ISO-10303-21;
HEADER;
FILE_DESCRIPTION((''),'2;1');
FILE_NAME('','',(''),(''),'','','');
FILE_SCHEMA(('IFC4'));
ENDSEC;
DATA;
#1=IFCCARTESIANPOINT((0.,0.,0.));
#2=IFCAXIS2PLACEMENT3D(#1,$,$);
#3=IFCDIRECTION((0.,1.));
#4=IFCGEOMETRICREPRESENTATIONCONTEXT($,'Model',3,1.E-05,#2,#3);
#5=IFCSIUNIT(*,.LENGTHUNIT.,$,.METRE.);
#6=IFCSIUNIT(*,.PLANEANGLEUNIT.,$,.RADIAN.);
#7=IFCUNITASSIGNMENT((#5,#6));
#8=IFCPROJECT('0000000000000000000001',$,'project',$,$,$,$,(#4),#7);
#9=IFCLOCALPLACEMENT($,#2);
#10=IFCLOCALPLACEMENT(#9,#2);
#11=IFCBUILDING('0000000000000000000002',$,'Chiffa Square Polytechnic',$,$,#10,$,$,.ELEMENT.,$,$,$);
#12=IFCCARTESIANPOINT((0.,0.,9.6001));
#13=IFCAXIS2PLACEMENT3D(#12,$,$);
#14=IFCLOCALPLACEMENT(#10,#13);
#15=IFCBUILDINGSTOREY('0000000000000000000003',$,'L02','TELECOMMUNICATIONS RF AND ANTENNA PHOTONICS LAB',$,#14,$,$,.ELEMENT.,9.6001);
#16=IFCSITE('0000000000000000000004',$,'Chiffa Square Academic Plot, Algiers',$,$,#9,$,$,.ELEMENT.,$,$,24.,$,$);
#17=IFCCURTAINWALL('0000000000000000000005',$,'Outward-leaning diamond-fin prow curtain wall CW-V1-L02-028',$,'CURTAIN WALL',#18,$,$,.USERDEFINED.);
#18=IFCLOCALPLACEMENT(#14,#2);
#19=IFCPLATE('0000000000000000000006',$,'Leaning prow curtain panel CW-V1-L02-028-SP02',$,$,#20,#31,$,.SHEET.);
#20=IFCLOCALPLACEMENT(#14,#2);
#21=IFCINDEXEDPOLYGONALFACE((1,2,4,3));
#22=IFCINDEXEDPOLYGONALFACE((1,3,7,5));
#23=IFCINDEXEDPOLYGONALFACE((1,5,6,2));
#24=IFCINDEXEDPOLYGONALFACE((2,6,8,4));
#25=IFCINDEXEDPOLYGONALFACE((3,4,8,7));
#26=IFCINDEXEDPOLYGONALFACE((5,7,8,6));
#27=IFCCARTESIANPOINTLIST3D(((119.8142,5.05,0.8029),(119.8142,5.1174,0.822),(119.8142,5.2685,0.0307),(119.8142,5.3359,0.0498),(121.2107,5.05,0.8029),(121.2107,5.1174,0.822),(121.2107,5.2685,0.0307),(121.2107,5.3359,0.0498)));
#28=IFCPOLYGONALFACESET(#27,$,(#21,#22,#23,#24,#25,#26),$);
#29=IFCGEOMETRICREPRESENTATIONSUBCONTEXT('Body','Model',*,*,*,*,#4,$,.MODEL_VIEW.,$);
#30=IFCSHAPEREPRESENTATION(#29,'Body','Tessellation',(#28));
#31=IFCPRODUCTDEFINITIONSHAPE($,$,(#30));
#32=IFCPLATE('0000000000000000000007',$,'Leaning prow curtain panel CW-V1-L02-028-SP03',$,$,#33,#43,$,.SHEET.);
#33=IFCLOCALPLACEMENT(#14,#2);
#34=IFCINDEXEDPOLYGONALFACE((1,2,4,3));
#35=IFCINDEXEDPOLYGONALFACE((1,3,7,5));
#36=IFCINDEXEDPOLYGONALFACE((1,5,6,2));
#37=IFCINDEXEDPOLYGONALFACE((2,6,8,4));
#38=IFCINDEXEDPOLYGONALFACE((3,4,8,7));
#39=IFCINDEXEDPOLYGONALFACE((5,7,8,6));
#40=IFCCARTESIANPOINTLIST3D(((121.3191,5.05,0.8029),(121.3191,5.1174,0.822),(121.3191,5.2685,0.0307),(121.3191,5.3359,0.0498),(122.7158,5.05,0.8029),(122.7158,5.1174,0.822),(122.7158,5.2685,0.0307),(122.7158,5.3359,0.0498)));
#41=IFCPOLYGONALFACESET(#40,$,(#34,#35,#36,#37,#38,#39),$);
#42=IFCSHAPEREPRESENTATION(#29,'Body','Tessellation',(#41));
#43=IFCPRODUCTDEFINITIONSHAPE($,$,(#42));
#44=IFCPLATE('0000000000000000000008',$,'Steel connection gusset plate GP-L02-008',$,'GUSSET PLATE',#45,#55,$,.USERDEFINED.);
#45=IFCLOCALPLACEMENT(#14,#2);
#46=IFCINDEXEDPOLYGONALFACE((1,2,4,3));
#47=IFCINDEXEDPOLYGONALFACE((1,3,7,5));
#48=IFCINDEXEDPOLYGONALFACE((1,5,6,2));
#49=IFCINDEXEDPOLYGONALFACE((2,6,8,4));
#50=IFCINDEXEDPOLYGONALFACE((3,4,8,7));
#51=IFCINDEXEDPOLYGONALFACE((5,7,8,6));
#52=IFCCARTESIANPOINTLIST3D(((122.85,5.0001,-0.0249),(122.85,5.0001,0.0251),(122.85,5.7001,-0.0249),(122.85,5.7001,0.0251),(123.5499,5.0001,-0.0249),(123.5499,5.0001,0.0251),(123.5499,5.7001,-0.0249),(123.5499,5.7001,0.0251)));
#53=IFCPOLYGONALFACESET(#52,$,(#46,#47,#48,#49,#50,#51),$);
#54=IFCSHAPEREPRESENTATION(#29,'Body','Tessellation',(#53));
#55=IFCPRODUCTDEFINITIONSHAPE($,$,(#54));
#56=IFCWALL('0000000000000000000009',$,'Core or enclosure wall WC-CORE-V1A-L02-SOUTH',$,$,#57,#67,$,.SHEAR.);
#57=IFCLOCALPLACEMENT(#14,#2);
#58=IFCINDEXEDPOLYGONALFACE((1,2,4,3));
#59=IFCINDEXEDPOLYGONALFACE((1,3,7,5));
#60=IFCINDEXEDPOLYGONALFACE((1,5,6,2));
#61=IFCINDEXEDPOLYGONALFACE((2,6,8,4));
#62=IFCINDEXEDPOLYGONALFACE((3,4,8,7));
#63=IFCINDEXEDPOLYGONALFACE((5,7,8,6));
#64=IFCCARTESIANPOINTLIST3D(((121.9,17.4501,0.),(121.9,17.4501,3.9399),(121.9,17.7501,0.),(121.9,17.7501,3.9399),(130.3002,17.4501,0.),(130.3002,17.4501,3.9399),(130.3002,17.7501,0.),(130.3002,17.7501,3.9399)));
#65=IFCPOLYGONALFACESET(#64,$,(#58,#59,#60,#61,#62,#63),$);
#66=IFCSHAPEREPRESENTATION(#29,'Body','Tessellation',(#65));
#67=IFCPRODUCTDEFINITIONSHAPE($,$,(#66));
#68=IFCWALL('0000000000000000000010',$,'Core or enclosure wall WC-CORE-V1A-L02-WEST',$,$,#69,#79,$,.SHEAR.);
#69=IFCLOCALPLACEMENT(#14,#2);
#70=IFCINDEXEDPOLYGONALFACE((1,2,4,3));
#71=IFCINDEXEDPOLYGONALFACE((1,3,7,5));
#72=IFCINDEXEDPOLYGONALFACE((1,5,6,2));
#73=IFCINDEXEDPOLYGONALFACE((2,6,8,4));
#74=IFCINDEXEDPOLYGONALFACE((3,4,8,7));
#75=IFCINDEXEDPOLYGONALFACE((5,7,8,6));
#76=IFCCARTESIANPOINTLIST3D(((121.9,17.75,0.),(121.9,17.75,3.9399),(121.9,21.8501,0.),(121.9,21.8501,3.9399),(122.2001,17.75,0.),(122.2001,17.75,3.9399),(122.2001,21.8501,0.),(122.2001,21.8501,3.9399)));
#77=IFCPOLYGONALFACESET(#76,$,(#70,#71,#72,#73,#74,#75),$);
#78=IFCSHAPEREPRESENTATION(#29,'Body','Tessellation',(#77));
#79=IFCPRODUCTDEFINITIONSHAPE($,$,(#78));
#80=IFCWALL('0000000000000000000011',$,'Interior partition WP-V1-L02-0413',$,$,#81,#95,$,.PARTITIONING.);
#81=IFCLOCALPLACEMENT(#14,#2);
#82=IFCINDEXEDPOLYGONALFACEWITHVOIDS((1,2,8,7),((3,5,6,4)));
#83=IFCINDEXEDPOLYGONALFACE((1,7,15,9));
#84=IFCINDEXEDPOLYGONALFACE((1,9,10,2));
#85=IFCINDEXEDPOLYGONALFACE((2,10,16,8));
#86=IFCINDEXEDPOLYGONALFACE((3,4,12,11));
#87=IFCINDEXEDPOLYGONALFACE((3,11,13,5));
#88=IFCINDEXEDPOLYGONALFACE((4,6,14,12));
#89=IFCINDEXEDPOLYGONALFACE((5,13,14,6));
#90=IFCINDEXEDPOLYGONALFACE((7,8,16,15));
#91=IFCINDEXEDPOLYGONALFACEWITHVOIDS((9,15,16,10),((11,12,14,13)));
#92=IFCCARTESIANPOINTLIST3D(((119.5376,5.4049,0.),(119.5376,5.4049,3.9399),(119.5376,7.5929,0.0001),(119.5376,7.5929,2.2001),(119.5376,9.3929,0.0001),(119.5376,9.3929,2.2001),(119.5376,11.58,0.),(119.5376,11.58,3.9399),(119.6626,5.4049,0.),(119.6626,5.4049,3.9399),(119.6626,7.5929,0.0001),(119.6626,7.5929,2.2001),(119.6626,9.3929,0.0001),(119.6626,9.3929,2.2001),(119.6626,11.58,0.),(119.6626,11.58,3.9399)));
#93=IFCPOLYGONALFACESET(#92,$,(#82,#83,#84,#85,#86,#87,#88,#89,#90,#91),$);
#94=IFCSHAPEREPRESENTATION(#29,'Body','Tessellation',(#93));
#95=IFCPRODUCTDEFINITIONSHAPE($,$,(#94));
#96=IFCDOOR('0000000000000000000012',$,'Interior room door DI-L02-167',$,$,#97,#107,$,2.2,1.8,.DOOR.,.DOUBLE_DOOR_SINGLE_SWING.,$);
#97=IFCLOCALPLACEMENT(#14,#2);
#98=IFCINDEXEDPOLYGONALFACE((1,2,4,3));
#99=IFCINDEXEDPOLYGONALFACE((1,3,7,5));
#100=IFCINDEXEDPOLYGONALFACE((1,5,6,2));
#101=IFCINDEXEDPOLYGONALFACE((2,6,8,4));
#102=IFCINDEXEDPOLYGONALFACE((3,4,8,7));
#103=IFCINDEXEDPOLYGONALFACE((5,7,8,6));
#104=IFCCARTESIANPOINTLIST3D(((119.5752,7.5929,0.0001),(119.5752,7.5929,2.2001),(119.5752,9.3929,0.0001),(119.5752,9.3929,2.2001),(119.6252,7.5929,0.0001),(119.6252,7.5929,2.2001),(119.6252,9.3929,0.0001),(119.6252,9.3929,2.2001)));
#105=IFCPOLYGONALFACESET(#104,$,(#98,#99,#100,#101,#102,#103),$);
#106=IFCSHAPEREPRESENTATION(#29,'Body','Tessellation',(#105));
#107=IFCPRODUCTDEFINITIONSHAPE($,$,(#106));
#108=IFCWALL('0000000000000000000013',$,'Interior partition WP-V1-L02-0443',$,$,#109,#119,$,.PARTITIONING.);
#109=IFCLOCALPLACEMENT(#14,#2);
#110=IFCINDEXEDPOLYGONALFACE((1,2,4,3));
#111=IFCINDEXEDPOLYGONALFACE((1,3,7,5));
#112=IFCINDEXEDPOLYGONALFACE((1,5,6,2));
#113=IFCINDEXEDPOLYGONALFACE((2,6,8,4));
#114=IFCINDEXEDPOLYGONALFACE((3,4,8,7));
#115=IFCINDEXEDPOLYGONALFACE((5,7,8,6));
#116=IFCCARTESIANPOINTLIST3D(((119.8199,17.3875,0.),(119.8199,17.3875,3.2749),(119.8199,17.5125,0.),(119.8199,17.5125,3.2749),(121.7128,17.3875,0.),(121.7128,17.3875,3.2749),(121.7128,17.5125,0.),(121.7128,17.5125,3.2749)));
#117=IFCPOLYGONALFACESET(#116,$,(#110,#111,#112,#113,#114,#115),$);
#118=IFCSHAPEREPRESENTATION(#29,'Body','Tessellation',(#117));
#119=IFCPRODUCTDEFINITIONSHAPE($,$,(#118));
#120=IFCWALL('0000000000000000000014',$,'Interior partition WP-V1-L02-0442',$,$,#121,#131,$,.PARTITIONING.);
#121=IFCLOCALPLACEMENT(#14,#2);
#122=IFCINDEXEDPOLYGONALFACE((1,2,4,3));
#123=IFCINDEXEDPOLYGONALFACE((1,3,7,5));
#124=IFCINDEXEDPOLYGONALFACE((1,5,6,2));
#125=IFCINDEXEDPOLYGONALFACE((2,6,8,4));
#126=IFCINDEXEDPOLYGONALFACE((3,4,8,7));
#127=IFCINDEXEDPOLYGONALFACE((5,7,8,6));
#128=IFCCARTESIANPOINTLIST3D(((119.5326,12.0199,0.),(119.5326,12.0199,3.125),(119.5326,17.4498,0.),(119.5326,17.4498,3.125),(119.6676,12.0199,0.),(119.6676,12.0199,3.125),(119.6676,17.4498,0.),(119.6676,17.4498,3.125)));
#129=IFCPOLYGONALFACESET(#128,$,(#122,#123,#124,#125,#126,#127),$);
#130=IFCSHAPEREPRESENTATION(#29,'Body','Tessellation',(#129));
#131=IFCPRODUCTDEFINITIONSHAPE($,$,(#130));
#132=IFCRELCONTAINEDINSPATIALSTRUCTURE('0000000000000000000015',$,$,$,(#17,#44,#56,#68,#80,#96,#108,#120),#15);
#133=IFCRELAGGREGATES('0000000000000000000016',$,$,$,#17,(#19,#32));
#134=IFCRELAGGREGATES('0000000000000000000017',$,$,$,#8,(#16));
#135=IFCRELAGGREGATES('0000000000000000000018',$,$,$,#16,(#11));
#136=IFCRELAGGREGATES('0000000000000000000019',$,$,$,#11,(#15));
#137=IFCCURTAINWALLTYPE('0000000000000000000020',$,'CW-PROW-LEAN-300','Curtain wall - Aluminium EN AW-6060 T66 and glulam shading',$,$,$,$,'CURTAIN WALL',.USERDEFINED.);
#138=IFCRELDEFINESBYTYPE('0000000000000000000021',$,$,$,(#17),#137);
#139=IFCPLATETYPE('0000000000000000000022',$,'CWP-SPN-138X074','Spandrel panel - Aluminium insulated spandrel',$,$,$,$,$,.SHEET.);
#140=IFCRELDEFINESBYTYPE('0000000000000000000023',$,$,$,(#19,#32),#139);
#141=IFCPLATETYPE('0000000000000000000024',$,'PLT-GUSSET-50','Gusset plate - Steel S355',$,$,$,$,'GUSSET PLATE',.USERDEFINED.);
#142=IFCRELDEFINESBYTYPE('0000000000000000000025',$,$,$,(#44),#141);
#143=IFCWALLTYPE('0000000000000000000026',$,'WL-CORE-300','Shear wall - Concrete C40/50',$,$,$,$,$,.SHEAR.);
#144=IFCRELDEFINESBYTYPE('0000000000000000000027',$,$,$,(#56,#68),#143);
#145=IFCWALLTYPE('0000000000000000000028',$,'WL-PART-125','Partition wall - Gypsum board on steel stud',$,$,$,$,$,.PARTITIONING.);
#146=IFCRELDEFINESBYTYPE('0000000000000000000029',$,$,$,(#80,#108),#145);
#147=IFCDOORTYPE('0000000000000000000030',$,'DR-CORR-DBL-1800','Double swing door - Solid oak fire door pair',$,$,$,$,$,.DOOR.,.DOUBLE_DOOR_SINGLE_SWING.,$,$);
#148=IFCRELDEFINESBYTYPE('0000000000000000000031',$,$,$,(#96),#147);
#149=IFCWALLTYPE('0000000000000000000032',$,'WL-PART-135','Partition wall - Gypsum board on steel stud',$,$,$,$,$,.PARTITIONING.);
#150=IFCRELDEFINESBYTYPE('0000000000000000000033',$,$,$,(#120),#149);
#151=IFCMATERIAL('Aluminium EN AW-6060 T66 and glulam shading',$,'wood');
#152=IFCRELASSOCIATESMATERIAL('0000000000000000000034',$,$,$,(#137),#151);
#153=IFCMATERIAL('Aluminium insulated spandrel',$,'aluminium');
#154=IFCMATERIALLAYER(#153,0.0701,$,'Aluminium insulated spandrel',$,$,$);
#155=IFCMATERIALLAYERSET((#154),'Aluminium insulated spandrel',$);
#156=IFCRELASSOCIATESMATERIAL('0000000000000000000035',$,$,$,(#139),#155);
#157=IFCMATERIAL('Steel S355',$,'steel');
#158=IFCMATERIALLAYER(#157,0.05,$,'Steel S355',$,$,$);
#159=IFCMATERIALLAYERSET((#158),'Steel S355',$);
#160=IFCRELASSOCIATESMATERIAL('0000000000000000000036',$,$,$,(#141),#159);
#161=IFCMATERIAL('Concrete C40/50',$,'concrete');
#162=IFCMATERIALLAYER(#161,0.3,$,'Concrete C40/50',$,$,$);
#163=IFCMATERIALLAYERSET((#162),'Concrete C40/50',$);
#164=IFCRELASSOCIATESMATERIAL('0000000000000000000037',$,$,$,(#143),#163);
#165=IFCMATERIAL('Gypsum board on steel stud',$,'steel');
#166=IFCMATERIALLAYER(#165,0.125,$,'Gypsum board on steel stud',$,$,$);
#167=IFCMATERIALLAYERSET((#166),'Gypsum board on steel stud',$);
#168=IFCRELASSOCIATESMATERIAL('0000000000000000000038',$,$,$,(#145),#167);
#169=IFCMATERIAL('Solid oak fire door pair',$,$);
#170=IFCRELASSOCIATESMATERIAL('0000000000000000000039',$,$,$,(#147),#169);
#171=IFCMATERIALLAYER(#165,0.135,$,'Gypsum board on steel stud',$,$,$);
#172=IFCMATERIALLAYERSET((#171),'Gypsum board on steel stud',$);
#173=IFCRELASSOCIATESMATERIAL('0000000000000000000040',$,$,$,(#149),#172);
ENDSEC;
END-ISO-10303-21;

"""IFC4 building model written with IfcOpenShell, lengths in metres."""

from ifc_helpers import new_model, si_unit, direction, frame, frame_2d, origin, origin_2d, place, context, subcontext, project, spatial, polyline, rectangle, outline, extrude, material, layer, layer_set, type_object, element, fill, aggregate, save


model = new_model("IFC4")

# Units and contexts
model_context = context("Model", 3, precision=1e-05, world=origin(), true_north=direction((0.0, 1.0)))
body_context = subcontext(model_context, "Body", "Model", "MODEL_VIEW")
ifc_project = project(units=[si_unit("LENGTHUNIT", "METRE"), si_unit("PLANEANGLEUNIT", "RADIAN")], contexts=[model_context])

# Site, building, storey
site_placement = place(None, origin())
site = spatial("IfcSite", under=ifc_project, at=site_placement, Name="Chiffa Square Academic Plot, Algiers", CompositionType="ELEMENT", RefElevation=24.0)
building_placement = place(site_placement, origin())
building = spatial("IfcBuilding", under=site, at=building_placement, Name="Chiffa Square Polytechnic", CompositionType="ELEMENT")
storey_placement = place(building_placement, frame((0.0, 0.0, 9.6001)))
storey = spatial("IfcBuildingStorey", under=building, at=storey_placement, Name="L02", Description="TELECOMMUNICATIONS RF AND ANTENNA PHOTONICS LAB", CompositionType="ELEMENT", Elevation=9.6001)

# Shared definitions
ifc_material_1 = material(Name="Concrete C40/50", Category="concrete")

# Curtain wall
ifc_material_2 = material(Name="Aluminium EN AW-6060 T66 and glulam shading", Category="wood")
curtain_wall_type_1 = type_object("IfcCurtainWallType", Name="CW-PROW-LEAN-300", Description="Curtain wall - Aluminium EN AW-6060 T66 and glulam shading", ElementType="CURTAIN WALL", PredefinedType="USERDEFINED", material=ifc_material_2)
curtain_wall_1_placement = place(storey_placement, origin())
curtain_wall_1 = element("IfcCurtainWall", 1, at=curtain_wall_1_placement, inside=storey, type_object=curtain_wall_type_1, Name="Outward-leaning diamond-fin prow curtain wall CW-V1-L02-028", ObjectType="CURTAIN WALL", PredefinedType="USERDEFINED")

# Shared definitions
ifc_material_3 = material(Name="Steel S355", Category="steel")

# Plates
ifc_material_4 = material(Name="Aluminium insulated spandrel", Category="aluminium")
ifc_layer_1 = layer(ifc_material_4, 0.0701, Name="Aluminium insulated spandrel")
ifc_layer_set_1 = layer_set([ifc_layer_1], Name="Aluminium insulated spandrel")
plate_type_1 = type_object("IfcPlateType", Name="CWP-SPN-138X074", Description="Spandrel panel - Aluminium insulated spandrel", PredefinedType="SHEET", material=ifc_layer_set_1)
plate_1_placement = place(storey_placement, frame((119.8142, 5.3359, 0.0498), z_axis=(0.0, 0.962221, 0.272269), x_axis=(1.0, 0.0, 0.0)))
plate_1 = element("IfcPlate", 2, at=plate_1_placement, type_object=plate_type_1, Name="Leaning prow curtain panel CW-V1-L02-028-SP02", PredefinedType="SHEET", context=body_context, shape_type="SweptSolid", body=[
    extrude(outline(polyline([(0.0, 0.0), (1.3965, 0.0), (1.3965, -0.8025), (0.0, -0.8025), (0.0, 0.0)])), origin(), (0.0, 0.0, -1.0), 0.0701),
])
plate_2_placement = place(storey_placement, frame((121.3191, 5.3359, 0.0498), z_axis=(0.0, 0.962221, 0.272269), x_axis=(1.0, 0.0, 0.0)))
plate_2 = element("IfcPlate", 3, at=plate_2_placement, type_object=plate_type_1, Name="Leaning prow curtain panel CW-V1-L02-028-SP03", PredefinedType="SHEET", context=body_context, shape_type="SweptSolid", body=[
    extrude(outline(polyline([(0.0, 0.0), (1.3967, 0.0), (1.3967, -0.8025), (0.0, -0.8025), (0.0, 0.0)])), origin(), (0.0, 0.0, -1.0), 0.0701),
])
aggregate(curtain_wall_1, [plate_1, plate_2])
ifc_layer_2 = layer(ifc_material_3, 0.05, Name="Steel S355")
ifc_layer_set_2 = layer_set([ifc_layer_2], Name="Steel S355")
plate_type_2 = type_object("IfcPlateType", Name="PLT-GUSSET-50", Description="Gusset plate - Steel S355", ElementType="GUSSET PLATE", PredefinedType="USERDEFINED", material=ifc_layer_set_2)
plate_3_placement = place(storey_placement, frame((123.2, 5.3501, -0.0249), z_axis=(0.0, 0.0, 1.0), x_axis=(1.0, 0.0, 0.0)))
element("IfcPlate", 4, at=plate_3_placement, inside=storey, type_object=plate_type_2, Name="Steel connection gusset plate GP-L02-008", ObjectType="GUSSET PLATE", PredefinedType="USERDEFINED", context=body_context, shape_type="SweptSolid", body=[
    extrude(rectangle(XDim=0.7, YDim=0.7, at=origin_2d()), origin(), (0.0, 0.0, 1.0), 0.05),
])

# Walls
ifc_layer_3 = layer(ifc_material_1, 0.3, Name="Concrete C40/50")
ifc_layer_set_3 = layer_set([ifc_layer_3], Name="Concrete C40/50")
wall_type_1 = type_object("IfcWallType", Name="WL-CORE-300", Description="Shear wall - Concrete C40/50", PredefinedType="SHEAR", material=ifc_layer_set_3)
wall_1_placement = place(storey_placement, frame((121.8999, 17.6001, 0.0), z_axis=(0.0, 0.0, 1.0), x_axis=(1.0, 0.0, 0.0)))
element("IfcWall", 5, at=wall_1_placement, inside=storey, type_object=wall_type_1, Name="Core or enclosure wall WC-CORE-V1A-L02-SOUTH", PredefinedType="SHEAR", context=body_context, shape_type="SweptSolid", body=[
    extrude(rectangle(XDim=8.4001, YDim=0.3, at=frame_2d((4.2002, 0.0))), origin(), (0.0, 0.0, 1.0), 3.9399),
])
wall_2_placement = place(storey_placement, frame((122.05, 17.75, 0.0), z_axis=(0.0, 0.0, 1.0), x_axis=(0.0, 1.0, 0.0)))
element("IfcWall", 6, at=wall_2_placement, inside=storey, type_object=wall_type_1, Name="Core or enclosure wall WC-CORE-V1A-L02-WEST", PredefinedType="SHEAR", context=body_context, shape_type="SweptSolid", body=[
    extrude(rectangle(XDim=4.1001, YDim=0.3, at=frame_2d((2.05, 0.0))), origin(), (0.0, 0.0, 1.0), 3.9399),
])

# Wall, opening, door
ifc_material_5 = material(Name="Gypsum board on steel stud", Category="steel")
ifc_layer_4 = layer(ifc_material_5, 0.125, Name="Gypsum board on steel stud")
ifc_layer_set_4 = layer_set([ifc_layer_4], Name="Gypsum board on steel stud")
wall_type_2 = type_object("IfcWallType", Name="WL-PART-125", Description="Partition wall - Gypsum board on steel stud", PredefinedType="PARTITIONING", material=ifc_layer_set_4)
wall_3_placement = place(storey_placement, frame((119.6001, 5.405, 0.0), z_axis=(0.0, 0.0, 1.0), x_axis=(0.0, 1.0, 0.0)))
wall_3 = element("IfcWall", 7, at=wall_3_placement, inside=storey, type_object=wall_type_2, Name="Interior partition WP-V1-L02-0413", PredefinedType="PARTITIONING", context=body_context, shape_type="SweptSolid", body=[
    extrude(rectangle(XDim=6.175, YDim=0.125, at=frame_2d((3.0874, 0.0))), origin(), (0.0, 0.0, 1.0), 3.9399),
])
opening_placement = place(wall_3_placement, frame((2.188, 0.0, 0.0)))
opening = element("IfcOpeningElement", 8, at=opening_placement, cuts=wall_3, PredefinedType="OPENING", context=body_context, shape_type="SweptSolid", body=[
    extrude(rectangle(XDim=1.8, YDim=2.2, at=frame_2d((0.8999, 1.1001))), frame((0.0, 0.0725, 0.0), z_axis=(0.0, -1.0, 0.0), x_axis=(1.0, 0.0, 0.0)), (0.0, 0.0, 1.0), 0.145),
])
ifc_material_6 = material(Name="Solid oak fire door pair")
door_type = type_object("IfcDoorType", Name="DR-CORR-DBL-1800", Description="Double swing door - Solid oak fire door pair", OperationType="DOUBLE_DOOR_SINGLE_SWING", PredefinedType="DOOR", material=ifc_material_6)
door_placement = place(opening_placement, origin())
door = element("IfcDoor", 9, at=door_placement, inside=storey, type_object=door_type, Name="Interior room door DI-L02-167", OperationType="DOUBLE_DOOR_SINGLE_SWING", OverallHeight=2.2, OverallWidth=1.8, PredefinedType="DOOR", context=body_context, shape_type="SweptSolid", body=[
    extrude(rectangle(XDim=1.8, YDim=2.2, at=frame_2d((0.8999, 1.1001))), frame((0.0, 0.0249, 0.0), z_axis=(0.0, -1.0, 0.0), x_axis=(1.0, 0.0, 0.0)), (0.0, 0.0, 1.0), 0.05),
])
fill(opening, door)

# Walls
wall_4_placement = place(storey_placement, frame((119.8201, 17.45, 0.0), z_axis=(0.0, 0.0, 1.0), x_axis=(1.0, 0.0, 0.0)))
element("IfcWall", 10, at=wall_4_placement, inside=storey, type_object=wall_type_2, Name="Interior partition WP-V1-L02-0443", PredefinedType="PARTITIONING", context=body_context, shape_type="SweptSolid", body=[
    extrude(rectangle(XDim=1.8928, YDim=0.125, at=frame_2d((0.9463, 0.0))), origin(), (0.0, 0.0, 1.0), 3.2749),
])
ifc_layer_5 = layer(ifc_material_5, 0.135, Name="Gypsum board on steel stud")
ifc_layer_set_5 = layer_set([ifc_layer_5], Name="Gypsum board on steel stud")
wall_type_3 = type_object("IfcWallType", Name="WL-PART-135", Description="Partition wall - Gypsum board on steel stud", PredefinedType="PARTITIONING", material=ifc_layer_set_5)
wall_5_placement = place(storey_placement, frame((119.6001, 12.02, 0.0), z_axis=(0.0, 0.0, 1.0), x_axis=(0.0, 1.0, 0.0)))
element("IfcWall", 11, at=wall_5_placement, inside=storey, type_object=wall_type_3, Name="Interior partition WP-V1-L02-0442", PredefinedType="PARTITIONING", context=body_context, shape_type="SweptSolid", body=[
    extrude(rectangle(XDim=5.4299, YDim=0.135, at=frame_2d((2.7148, 0.0))), origin(), (0.0, 0.0, 1.0), 3.125),
])

save(model, "model.ifc")
